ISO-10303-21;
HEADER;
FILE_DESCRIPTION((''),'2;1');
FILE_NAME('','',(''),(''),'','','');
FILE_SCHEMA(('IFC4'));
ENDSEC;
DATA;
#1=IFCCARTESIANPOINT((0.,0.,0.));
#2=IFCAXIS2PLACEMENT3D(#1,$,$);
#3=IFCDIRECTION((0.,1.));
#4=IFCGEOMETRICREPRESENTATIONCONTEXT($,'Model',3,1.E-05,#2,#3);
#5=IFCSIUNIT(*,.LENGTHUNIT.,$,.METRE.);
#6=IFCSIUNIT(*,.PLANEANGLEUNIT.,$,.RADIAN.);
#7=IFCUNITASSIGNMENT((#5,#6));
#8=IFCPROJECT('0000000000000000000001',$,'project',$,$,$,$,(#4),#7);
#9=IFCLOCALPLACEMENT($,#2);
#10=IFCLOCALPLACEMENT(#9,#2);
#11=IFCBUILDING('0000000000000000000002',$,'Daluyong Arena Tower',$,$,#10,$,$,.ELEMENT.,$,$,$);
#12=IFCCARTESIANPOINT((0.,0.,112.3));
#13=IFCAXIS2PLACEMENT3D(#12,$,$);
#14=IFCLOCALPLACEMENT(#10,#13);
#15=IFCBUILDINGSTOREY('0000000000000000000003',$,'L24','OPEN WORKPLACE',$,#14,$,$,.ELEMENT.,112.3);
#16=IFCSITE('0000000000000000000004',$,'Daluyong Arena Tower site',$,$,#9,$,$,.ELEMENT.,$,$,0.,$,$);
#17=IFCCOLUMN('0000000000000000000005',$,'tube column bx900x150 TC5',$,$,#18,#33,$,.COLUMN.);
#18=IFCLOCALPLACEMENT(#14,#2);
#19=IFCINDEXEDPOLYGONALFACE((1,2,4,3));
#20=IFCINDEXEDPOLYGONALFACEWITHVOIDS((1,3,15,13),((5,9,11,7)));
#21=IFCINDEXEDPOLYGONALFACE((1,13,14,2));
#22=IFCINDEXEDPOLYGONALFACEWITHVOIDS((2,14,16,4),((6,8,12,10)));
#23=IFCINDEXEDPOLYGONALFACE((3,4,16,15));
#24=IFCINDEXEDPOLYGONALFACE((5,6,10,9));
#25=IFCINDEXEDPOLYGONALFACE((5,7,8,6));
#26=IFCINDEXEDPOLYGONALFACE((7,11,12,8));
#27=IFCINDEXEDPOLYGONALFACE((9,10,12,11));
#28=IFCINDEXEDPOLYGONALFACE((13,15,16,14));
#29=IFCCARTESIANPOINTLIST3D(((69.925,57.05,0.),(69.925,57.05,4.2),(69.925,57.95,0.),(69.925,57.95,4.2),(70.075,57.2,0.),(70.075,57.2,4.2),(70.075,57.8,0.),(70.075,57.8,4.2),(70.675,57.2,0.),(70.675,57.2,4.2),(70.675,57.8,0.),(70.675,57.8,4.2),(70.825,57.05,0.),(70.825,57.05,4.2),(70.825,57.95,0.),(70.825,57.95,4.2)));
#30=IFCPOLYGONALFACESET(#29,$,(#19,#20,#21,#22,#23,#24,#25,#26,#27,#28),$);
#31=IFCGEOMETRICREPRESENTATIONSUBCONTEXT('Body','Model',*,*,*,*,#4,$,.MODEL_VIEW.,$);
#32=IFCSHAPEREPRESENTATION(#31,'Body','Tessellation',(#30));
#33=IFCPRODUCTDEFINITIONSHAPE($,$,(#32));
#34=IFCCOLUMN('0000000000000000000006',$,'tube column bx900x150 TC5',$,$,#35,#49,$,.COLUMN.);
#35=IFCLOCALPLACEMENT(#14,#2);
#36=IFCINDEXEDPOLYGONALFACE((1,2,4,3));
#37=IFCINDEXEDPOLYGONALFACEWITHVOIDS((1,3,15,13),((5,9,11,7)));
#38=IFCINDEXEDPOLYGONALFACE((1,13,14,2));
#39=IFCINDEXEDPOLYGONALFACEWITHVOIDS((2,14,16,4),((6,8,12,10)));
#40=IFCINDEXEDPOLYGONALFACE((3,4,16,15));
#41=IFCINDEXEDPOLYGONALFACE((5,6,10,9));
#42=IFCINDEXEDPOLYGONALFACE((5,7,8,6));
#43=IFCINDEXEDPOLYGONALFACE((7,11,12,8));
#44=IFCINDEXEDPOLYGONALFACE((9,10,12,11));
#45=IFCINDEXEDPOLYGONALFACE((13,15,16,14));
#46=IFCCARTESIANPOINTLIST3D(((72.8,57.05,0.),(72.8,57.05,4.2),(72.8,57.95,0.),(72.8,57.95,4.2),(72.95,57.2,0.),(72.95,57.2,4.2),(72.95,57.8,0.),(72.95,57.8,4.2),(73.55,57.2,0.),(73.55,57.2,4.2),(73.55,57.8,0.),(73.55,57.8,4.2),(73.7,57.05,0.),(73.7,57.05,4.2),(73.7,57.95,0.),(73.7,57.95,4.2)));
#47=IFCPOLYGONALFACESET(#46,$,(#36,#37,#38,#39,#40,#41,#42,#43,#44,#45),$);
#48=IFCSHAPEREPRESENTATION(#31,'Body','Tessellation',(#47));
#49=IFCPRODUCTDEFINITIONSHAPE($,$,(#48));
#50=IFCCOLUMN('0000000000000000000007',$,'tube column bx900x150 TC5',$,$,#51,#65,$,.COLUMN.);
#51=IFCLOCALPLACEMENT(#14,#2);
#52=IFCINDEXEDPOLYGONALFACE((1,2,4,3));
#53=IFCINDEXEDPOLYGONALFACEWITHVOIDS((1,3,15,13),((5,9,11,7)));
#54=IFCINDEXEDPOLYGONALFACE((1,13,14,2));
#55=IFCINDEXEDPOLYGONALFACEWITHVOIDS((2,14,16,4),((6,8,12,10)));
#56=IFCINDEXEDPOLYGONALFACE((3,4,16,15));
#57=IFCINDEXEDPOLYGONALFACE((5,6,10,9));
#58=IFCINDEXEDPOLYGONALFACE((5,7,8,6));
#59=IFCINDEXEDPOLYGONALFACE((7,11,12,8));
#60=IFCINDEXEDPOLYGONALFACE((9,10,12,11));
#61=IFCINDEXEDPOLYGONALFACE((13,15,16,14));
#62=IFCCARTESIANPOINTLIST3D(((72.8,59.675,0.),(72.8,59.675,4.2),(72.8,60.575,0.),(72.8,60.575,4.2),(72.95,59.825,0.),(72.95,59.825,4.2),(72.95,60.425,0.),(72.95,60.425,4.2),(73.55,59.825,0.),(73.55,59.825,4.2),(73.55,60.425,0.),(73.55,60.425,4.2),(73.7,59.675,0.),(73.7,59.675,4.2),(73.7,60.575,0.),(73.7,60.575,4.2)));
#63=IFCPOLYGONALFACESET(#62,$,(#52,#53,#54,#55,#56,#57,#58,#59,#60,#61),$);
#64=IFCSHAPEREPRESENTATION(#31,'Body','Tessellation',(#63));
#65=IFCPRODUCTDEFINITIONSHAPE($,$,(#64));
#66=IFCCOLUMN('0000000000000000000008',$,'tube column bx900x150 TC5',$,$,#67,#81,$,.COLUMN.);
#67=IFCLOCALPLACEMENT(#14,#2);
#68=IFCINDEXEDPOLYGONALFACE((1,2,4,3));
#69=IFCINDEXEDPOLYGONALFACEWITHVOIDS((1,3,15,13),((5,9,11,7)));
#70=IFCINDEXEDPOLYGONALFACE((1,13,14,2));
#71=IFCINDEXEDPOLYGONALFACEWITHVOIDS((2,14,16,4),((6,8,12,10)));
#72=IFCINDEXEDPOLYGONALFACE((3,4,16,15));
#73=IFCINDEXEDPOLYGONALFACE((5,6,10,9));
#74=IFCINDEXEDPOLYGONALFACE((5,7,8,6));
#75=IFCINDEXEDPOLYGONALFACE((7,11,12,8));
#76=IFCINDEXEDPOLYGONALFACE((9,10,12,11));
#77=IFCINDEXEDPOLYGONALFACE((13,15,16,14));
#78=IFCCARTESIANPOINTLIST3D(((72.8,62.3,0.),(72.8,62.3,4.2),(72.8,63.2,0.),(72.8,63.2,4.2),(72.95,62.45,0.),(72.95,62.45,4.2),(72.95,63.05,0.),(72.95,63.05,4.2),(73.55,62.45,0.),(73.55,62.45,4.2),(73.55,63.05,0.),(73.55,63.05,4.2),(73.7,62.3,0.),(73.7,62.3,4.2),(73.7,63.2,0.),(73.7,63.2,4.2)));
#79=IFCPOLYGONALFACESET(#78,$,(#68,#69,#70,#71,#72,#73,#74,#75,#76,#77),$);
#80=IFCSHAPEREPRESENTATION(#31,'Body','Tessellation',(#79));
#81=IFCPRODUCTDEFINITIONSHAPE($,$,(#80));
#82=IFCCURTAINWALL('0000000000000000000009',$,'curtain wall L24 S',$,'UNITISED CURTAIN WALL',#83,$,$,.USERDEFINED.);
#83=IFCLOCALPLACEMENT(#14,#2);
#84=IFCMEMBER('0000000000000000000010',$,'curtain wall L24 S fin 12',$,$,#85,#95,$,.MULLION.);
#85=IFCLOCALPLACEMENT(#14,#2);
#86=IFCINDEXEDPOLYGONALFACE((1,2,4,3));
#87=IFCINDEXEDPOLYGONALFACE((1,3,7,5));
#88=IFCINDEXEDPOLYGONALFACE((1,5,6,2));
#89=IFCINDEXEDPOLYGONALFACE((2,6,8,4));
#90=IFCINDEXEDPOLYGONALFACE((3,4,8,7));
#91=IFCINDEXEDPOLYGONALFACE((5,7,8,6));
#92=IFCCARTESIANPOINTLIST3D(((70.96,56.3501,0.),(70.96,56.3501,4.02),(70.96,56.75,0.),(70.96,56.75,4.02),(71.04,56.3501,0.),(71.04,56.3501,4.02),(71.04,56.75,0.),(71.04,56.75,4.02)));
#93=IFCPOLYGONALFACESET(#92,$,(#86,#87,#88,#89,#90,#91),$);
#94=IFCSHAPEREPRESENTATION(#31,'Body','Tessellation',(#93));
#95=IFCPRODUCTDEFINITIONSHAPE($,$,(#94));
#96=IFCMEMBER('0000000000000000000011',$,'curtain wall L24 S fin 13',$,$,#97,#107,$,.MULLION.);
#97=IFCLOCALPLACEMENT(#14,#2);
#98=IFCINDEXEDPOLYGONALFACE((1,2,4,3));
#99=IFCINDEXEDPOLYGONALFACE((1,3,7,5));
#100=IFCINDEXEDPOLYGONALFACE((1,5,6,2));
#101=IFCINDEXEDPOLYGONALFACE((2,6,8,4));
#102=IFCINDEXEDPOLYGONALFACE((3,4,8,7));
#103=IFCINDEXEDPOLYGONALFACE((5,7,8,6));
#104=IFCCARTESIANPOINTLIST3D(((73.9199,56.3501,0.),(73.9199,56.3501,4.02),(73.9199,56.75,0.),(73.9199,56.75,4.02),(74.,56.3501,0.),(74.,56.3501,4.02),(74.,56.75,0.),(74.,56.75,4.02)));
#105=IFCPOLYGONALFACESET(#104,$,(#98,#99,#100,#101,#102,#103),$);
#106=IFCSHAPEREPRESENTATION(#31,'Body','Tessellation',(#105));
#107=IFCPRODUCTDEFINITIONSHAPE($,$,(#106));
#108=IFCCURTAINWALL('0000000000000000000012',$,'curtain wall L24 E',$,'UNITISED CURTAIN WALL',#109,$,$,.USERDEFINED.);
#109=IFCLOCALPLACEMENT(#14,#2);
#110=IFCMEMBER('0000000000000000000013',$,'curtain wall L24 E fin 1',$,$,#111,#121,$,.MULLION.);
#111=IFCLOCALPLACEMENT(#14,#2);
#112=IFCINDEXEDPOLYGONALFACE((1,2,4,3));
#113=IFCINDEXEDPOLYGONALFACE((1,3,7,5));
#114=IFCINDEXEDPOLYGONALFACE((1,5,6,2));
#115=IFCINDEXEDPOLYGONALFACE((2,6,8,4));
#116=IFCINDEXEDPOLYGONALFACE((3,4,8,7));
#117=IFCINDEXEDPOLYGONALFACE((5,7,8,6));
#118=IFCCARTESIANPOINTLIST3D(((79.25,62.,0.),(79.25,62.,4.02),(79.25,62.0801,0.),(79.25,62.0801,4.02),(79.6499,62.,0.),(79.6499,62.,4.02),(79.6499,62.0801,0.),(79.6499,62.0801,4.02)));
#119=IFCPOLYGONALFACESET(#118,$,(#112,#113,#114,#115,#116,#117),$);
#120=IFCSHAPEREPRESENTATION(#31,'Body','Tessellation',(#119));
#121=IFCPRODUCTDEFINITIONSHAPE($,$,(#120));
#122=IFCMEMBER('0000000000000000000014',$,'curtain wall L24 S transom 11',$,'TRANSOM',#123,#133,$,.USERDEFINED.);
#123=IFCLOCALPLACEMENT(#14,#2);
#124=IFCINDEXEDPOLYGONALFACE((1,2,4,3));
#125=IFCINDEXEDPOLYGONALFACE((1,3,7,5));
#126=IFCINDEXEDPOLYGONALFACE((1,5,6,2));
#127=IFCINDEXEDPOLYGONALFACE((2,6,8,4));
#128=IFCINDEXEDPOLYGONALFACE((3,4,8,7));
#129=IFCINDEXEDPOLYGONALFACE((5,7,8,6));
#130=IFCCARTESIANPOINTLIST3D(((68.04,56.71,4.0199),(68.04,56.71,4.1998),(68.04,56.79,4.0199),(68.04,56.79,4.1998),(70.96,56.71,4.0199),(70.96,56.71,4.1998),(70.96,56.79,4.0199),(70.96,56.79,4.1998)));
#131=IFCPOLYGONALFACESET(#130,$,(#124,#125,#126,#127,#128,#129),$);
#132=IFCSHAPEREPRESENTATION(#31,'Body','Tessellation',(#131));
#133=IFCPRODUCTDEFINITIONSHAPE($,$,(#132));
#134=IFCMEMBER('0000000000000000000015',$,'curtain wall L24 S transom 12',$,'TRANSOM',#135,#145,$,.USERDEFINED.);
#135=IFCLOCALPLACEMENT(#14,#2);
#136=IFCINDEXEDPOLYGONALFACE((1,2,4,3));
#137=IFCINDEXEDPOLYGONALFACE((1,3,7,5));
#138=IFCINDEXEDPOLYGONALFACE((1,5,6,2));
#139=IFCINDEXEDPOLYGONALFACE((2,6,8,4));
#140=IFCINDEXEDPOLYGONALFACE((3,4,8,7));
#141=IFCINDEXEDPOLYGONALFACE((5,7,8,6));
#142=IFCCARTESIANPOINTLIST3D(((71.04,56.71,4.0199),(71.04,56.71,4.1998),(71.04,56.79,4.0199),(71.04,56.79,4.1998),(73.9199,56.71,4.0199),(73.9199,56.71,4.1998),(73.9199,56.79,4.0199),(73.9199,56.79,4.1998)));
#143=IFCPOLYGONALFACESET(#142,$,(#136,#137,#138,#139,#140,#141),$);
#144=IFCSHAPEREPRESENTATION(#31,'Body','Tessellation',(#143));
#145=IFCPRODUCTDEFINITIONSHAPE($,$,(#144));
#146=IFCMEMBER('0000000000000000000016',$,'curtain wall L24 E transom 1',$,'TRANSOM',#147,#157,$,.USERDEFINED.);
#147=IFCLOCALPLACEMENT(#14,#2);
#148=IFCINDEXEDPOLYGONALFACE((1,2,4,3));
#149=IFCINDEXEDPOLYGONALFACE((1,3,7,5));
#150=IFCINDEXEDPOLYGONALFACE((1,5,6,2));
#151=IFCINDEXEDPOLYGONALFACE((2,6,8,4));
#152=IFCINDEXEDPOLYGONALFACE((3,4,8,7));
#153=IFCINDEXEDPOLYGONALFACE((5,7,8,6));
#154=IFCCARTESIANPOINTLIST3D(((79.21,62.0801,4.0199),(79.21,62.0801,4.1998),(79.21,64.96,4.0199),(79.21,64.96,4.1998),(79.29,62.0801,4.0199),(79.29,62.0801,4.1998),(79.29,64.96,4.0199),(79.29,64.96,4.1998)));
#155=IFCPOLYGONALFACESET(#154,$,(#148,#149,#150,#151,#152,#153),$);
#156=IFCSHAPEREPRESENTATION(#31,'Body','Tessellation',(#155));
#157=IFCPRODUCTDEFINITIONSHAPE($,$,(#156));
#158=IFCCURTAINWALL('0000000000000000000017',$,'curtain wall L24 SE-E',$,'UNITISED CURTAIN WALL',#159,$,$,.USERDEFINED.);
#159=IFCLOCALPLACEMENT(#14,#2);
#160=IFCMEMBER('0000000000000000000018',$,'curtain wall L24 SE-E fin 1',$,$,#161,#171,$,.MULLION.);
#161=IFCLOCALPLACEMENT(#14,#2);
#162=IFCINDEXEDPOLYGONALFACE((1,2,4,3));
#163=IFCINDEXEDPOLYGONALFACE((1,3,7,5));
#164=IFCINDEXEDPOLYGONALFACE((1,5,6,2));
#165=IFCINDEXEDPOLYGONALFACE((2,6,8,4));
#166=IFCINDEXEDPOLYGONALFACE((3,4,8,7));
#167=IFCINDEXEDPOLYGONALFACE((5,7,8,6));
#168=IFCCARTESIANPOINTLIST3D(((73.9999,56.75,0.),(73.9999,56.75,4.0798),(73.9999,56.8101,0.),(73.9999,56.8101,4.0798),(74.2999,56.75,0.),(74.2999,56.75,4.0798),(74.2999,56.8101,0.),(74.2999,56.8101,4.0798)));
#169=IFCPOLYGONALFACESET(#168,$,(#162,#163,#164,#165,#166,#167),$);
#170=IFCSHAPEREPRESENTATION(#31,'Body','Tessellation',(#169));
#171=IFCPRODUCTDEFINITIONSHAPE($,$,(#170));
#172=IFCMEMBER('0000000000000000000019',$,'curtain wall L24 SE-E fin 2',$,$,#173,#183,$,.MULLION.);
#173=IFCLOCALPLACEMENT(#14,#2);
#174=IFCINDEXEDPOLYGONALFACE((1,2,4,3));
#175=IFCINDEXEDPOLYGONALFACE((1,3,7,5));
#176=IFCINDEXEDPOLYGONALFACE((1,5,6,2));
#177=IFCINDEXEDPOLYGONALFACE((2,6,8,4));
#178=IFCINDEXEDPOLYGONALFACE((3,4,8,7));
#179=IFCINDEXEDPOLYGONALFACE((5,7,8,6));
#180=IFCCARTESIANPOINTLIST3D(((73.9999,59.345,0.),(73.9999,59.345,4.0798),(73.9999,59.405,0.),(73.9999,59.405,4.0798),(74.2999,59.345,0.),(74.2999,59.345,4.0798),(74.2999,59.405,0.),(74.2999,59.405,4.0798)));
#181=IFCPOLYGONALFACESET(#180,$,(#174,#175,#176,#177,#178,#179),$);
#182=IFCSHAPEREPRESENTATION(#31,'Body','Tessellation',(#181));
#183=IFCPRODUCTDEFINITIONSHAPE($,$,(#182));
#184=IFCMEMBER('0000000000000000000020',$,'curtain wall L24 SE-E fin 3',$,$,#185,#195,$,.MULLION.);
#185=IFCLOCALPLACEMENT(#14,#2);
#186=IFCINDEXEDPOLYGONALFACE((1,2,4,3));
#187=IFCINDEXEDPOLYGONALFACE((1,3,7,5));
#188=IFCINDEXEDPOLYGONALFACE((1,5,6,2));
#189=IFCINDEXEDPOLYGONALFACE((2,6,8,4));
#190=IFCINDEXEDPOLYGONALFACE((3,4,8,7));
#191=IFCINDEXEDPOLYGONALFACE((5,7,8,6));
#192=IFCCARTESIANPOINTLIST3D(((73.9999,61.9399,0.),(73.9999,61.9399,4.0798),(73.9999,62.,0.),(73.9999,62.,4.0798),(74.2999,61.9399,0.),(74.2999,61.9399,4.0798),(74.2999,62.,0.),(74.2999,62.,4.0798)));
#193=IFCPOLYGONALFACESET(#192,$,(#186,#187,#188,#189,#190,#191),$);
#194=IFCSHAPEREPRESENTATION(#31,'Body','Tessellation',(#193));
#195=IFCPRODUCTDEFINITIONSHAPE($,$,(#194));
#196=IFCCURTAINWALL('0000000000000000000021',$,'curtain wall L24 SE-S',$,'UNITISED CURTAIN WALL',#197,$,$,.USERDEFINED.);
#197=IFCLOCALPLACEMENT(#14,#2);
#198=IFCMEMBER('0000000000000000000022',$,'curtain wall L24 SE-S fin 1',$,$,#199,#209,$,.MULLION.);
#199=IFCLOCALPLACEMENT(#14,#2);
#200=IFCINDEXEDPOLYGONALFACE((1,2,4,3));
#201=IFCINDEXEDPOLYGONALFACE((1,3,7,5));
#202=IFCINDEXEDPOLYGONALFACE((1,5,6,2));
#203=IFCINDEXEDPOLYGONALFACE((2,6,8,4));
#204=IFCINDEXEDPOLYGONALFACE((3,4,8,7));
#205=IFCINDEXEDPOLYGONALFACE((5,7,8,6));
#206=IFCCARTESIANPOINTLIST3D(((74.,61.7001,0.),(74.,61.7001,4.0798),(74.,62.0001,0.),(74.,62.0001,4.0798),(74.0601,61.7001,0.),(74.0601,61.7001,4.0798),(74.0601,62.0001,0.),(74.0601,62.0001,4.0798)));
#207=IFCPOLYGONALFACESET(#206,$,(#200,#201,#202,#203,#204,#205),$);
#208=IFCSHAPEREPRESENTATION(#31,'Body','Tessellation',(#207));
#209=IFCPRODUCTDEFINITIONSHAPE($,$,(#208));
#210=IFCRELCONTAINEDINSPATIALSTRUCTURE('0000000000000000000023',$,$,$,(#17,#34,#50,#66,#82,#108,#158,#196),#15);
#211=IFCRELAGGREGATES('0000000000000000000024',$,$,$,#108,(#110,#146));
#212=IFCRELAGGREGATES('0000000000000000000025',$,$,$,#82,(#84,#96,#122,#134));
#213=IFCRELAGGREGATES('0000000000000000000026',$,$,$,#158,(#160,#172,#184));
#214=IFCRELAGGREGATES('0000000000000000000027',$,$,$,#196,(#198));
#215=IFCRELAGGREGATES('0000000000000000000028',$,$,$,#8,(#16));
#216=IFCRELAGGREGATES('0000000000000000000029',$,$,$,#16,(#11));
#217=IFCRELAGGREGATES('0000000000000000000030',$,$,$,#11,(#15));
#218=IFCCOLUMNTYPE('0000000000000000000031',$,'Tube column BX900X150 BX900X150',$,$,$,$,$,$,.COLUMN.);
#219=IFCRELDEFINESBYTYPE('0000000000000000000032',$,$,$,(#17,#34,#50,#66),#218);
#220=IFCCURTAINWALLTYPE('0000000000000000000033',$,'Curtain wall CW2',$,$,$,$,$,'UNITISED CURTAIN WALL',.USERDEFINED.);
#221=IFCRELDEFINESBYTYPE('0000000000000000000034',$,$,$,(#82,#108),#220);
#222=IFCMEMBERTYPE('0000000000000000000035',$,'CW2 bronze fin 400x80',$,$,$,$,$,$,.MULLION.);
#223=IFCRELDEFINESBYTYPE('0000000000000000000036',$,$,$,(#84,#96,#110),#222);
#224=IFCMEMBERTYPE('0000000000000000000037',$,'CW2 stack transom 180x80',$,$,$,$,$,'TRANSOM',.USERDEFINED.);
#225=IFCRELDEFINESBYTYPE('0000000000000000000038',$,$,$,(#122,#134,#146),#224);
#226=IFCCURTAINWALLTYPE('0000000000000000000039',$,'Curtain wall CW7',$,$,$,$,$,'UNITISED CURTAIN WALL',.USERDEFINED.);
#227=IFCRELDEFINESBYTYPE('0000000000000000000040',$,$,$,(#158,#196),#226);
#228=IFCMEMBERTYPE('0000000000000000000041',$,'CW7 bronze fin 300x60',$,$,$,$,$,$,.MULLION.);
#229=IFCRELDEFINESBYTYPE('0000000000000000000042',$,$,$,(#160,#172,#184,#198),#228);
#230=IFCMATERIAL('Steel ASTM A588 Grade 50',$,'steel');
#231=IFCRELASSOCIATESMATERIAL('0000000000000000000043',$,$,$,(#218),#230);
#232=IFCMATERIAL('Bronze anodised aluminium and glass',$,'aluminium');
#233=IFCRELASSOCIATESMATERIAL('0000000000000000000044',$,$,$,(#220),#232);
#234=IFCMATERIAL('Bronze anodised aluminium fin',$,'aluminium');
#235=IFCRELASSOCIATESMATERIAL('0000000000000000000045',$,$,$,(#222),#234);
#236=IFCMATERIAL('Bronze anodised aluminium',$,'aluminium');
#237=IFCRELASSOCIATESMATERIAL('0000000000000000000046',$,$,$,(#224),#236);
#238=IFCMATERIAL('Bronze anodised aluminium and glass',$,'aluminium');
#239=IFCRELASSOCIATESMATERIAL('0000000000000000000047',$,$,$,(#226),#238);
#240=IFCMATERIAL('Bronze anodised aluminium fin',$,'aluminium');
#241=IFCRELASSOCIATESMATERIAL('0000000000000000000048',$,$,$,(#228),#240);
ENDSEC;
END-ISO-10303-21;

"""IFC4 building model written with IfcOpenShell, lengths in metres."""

from ifc_helpers import new_model, si_unit, direction, frame, origin, origin_2d, place, context, subcontext, project, spatial, rectangle, hollow_rectangle, extrude, material, material_profile, profile_set, type_object, element, aggregate, save


model = new_model("IFC4")

# Units and contexts
model_context = context("Model", 3, precision=1e-05, world=origin(), true_north=direction((0.0, 1.0)))
body_context = subcontext(model_context, "Body", "Model", "MODEL_VIEW")
ifc_project = project(units=[si_unit("LENGTHUNIT", "METRE"), si_unit("PLANEANGLEUNIT", "RADIAN")], contexts=[model_context])

# Site, building, storey
site_placement = place(None, origin())
site = spatial("IfcSite", under=ifc_project, at=site_placement, Name="Daluyong Arena Tower site", CompositionType="ELEMENT", RefElevation=0.0)
building_placement = place(site_placement, origin())
building = spatial("IfcBuilding", under=site, at=building_placement, Name="Daluyong Arena Tower", CompositionType="ELEMENT")
storey_placement = place(building_placement, frame((0.0, 0.0, 112.3)))
storey = spatial("IfcBuildingStorey", under=building, at=storey_placement, Name="L24", Description="OPEN WORKPLACE", CompositionType="ELEMENT", Elevation=112.3)

# Columns
ifc_material_1 = material(Name="Steel ASTM A588 Grade 50", Category="steel")
ifc_material_profile_1 = material_profile(ifc_material_1, hollow_rectangle(XDim=0.8999, YDim=0.8999, WallThickness=0.15, at=origin_2d()))
ifc_profile_set_1 = profile_set([ifc_material_profile_1], Name="Steel ASTM A588 Grade 50")
column_type = type_object("IfcColumnType", Name="Tube column BX900X150 BX900X150", PredefinedType="COLUMN", material=ifc_profile_set_1)
for number, where, z_axis, x_axis, name in (
    (1, (70.375, 57.5, 0.0), (0.0, 0.0, 1.0), (1.0, 0.0, 0.0), "tube column bx900x150 TC5"),
    (2, (73.25, 57.5, 0.0), (0.0, 0.0, 1.0), (0.0, 1.0, 0.0), "tube column bx900x150 TC5"),
    (3, (73.25, 60.125, 0.0), (0.0, 0.0, 1.0), (0.0, 1.0, 0.0), "tube column bx900x150 TC5"),
    (4, (73.25, 62.75, 0.0), (0.0, 0.0, 1.0), (1.0, 0.0, 0.0), "tube column bx900x150 TC5"),
):
    element("IfcColumn", number, at=place(storey_placement, frame(where, z_axis=z_axis, x_axis=x_axis)), inside=storey, type_object=column_type, Name=name, PredefinedType="COLUMN", context=body_context, shape_type="SweptSolid", body=[
        extrude(hollow_rectangle(XDim=0.8999, YDim=0.8999, WallThickness=0.15, at=origin_2d()), origin(), (0.0, 0.0, 1.0), 4.2),
    ])

# Curtain wall, members
ifc_material_2 = material(Name="Bronze anodised aluminium and glass", Category="aluminium")
curtain_wall_type_1 = type_object("IfcCurtainWallType", Name="Curtain wall CW2", ElementType="UNITISED CURTAIN WALL", PredefinedType="USERDEFINED", material=ifc_material_2)
curtain_wall_1_placement = place(storey_placement, origin())
curtain_wall_1 = element("IfcCurtainWall", 5, at=curtain_wall_1_placement, inside=storey, type_object=curtain_wall_type_1, Name="curtain wall L24 S", ObjectType="UNITISED CURTAIN WALL", PredefinedType="USERDEFINED")
ifc_material_3 = material(Name="Bronze anodised aluminium fin", Category="aluminium")
ifc_material_profile_2 = material_profile(ifc_material_3, rectangle(XDim=0.3999, YDim=0.0801, at=origin_2d()))
ifc_profile_set_2 = profile_set([ifc_material_profile_2], Name="Bronze anodised aluminium fin")
member_type_1 = type_object("IfcMemberType", Name="CW2 bronze fin 400x80", PredefinedType="MULLION", material=ifc_profile_set_2)
member_1_placement = place(storey_placement, frame((71.0, 56.55, 0.0), z_axis=(0.0, 0.0, 1.0), x_axis=(0.0, 1.0, 0.0)))
member_1 = element("IfcMember", 6, at=member_1_placement, type_object=member_type_1, Name="curtain wall L24 S fin 12", PredefinedType="MULLION", context=body_context, shape_type="SweptSolid", body=[
    extrude(rectangle(XDim=0.3999, YDim=0.0801, at=origin_2d()), origin(), (0.0, 0.0, 1.0), 4.02),
])
member_2_placement = place(storey_placement, frame((73.96, 56.55, 0.0), z_axis=(0.0, 0.0, 1.0), x_axis=(0.0, 1.0, 0.0)))
member_2 = element("IfcMember", 7, at=member_2_placement, type_object=member_type_1, Name="curtain wall L24 S fin 13", PredefinedType="MULLION", context=body_context, shape_type="SweptSolid", body=[
    extrude(rectangle(XDim=0.3999, YDim=0.0801, at=origin_2d()), origin(), (0.0, 0.0, 1.0), 4.02),
])

# Curtain wall, member
curtain_wall_2_placement = place(storey_placement, origin())
curtain_wall_2 = element("IfcCurtainWall", 8, at=curtain_wall_2_placement, inside=storey, type_object=curtain_wall_type_1, Name="curtain wall L24 E", ObjectType="UNITISED CURTAIN WALL", PredefinedType="USERDEFINED")
member_3_placement = place(storey_placement, frame((79.45, 62.04, 0.0), z_axis=(0.0, 0.0, 1.0), x_axis=(-1.0, 0.0, 0.0)))
member_3 = element("IfcMember", 9, at=member_3_placement, type_object=member_type_1, Name="curtain wall L24 E fin 1", PredefinedType="MULLION", context=body_context, shape_type="SweptSolid", body=[
    extrude(rectangle(XDim=0.3999, YDim=0.0801, at=origin_2d()), origin(), (0.0, 0.0, 1.0), 4.02),
])

# Members
ifc_material_4 = material(Name="Bronze anodised aluminium", Category="aluminium")
ifc_material_profile_3 = material_profile(ifc_material_4, rectangle(XDim=0.0801, YDim=0.1799, at=origin_2d()))
ifc_profile_set_3 = profile_set([ifc_material_profile_3], Name="Bronze anodised aluminium")
member_type_2 = type_object("IfcMemberType", Name="CW2 stack transom 180x80", ElementType="TRANSOM", PredefinedType="USERDEFINED", material=ifc_profile_set_3)
member_4_placement = place(storey_placement, frame((68.04, 56.75, 4.1099), z_axis=(1.0, 0.0, 0.0), x_axis=(0.0, 1.0, 0.0)))
member_4 = element("IfcMember", 10, at=member_4_placement, type_object=member_type_2, Name="curtain wall L24 S transom 11", ObjectType="TRANSOM", PredefinedType="USERDEFINED", context=body_context, shape_type="SweptSolid", body=[
    extrude(rectangle(XDim=0.0801, YDim=0.1799, at=origin_2d()), origin(), (0.0, 0.0, 1.0), 2.9199),
])
member_5_placement = place(storey_placement, frame((71.04, 56.75, 4.1099), z_axis=(1.0, 0.0, 0.0), x_axis=(0.0, 1.0, 0.0)))
member_5 = element("IfcMember", 11, at=member_5_placement, type_object=member_type_2, Name="curtain wall L24 S transom 12", ObjectType="TRANSOM", PredefinedType="USERDEFINED", context=body_context, shape_type="SweptSolid", body=[
    extrude(rectangle(XDim=0.0801, YDim=0.1799, at=origin_2d()), origin(), (0.0, 0.0, 1.0), 2.8799),
])
member_6_placement = place(storey_placement, frame((79.25, 62.0801, 4.1099), z_axis=(0.0, 1.0, 0.0), x_axis=(-1.0, 0.0, 0.0)))
member_6 = element("IfcMember", 12, at=member_6_placement, type_object=member_type_2, Name="curtain wall L24 E transom 1", ObjectType="TRANSOM", PredefinedType="USERDEFINED", context=body_context, shape_type="SweptSolid", body=[
    extrude(rectangle(XDim=0.0801, YDim=0.1799, at=origin_2d()), origin(), (0.0, 0.0, 1.0), 2.8799),
])
aggregate(curtain_wall_2, [member_3, member_6])

# Curtain walls, members
ifc_material_5 = material(Name="Bronze anodised aluminium and glass", Category="aluminium")
curtain_wall_type_2 = type_object("IfcCurtainWallType", Name="Curtain wall CW7", ElementType="UNITISED CURTAIN WALL", PredefinedType="USERDEFINED", material=ifc_material_5)
curtain_wall_3_placement = place(storey_placement, origin())
curtain_wall_3 = element("IfcCurtainWall", 13, at=curtain_wall_3_placement, inside=storey, type_object=curtain_wall_type_2, Name="curtain wall L24 SE-E", ObjectType="UNITISED CURTAIN WALL", PredefinedType="USERDEFINED")
ifc_material_6 = material(Name="Bronze anodised aluminium fin", Category="aluminium")
ifc_material_profile_4 = material_profile(ifc_material_6, rectangle(XDim=0.3, YDim=0.0601, at=origin_2d()))
ifc_profile_set_4 = profile_set([ifc_material_profile_4], Name="Bronze anodised aluminium fin")
member_type_3 = type_object("IfcMemberType", Name="CW7 bronze fin 300x60", PredefinedType="MULLION", material=ifc_profile_set_4)
member_7_placement = place(storey_placement, frame((74.1499, 56.78, 0.0), z_axis=(0.0, 0.0, 1.0), x_axis=(-1.0, 0.0, 0.0)))
member_7 = element("IfcMember", 14, at=member_7_placement, type_object=member_type_3, Name="curtain wall L24 SE-E fin 1", PredefinedType="MULLION", context=body_context, shape_type="SweptSolid", body=[
    extrude(rectangle(XDim=0.3, YDim=0.0601, at=origin_2d()), origin(), (0.0, 0.0, 1.0), 4.0798),
])
member_8_placement = place(storey_placement, frame((74.1499, 59.375, 0.0), z_axis=(0.0, 0.0, 1.0), x_axis=(-1.0, 0.0, 0.0)))
member_8 = element("IfcMember", 15, at=member_8_placement, type_object=member_type_3, Name="curtain wall L24 SE-E fin 2", PredefinedType="MULLION", context=body_context, shape_type="SweptSolid", body=[
    extrude(rectangle(XDim=0.3, YDim=0.0601, at=origin_2d()), origin(), (0.0, 0.0, 1.0), 4.0798),
])
member_9_placement = place(storey_placement, frame((74.1499, 61.97, 0.0), z_axis=(0.0, 0.0, 1.0), x_axis=(-1.0, 0.0, 0.0)))
member_9 = element("IfcMember", 16, at=member_9_placement, type_object=member_type_3, Name="curtain wall L24 SE-E fin 3", PredefinedType="MULLION", context=body_context, shape_type="SweptSolid", body=[
    extrude(rectangle(XDim=0.3, YDim=0.0601, at=origin_2d()), origin(), (0.0, 0.0, 1.0), 4.0798),
])
curtain_wall_4_placement = place(storey_placement, origin())
curtain_wall_4 = element("IfcCurtainWall", 17, at=curtain_wall_4_placement, inside=storey, type_object=curtain_wall_type_2, Name="curtain wall L24 SE-S", ObjectType="UNITISED CURTAIN WALL", PredefinedType="USERDEFINED")
member_10_placement = place(storey_placement, frame((74.03, 61.8501, 0.0), z_axis=(0.0, 0.0, 1.0), x_axis=(0.0, 1.0, 0.0)))
member_10 = element("IfcMember", 18, at=member_10_placement, type_object=member_type_3, Name="curtain wall L24 SE-S fin 1", PredefinedType="MULLION", context=body_context, shape_type="SweptSolid", body=[
    extrude(rectangle(XDim=0.3, YDim=0.0601, at=origin_2d()), origin(), (0.0, 0.0, 1.0), 4.0798),
])

aggregate(curtain_wall_1, [member_1, member_2, member_4, member_5])
aggregate(curtain_wall_3, [member_7, member_8, member_9])
aggregate(curtain_wall_4, [member_10])

save(model, "model.ifc")
